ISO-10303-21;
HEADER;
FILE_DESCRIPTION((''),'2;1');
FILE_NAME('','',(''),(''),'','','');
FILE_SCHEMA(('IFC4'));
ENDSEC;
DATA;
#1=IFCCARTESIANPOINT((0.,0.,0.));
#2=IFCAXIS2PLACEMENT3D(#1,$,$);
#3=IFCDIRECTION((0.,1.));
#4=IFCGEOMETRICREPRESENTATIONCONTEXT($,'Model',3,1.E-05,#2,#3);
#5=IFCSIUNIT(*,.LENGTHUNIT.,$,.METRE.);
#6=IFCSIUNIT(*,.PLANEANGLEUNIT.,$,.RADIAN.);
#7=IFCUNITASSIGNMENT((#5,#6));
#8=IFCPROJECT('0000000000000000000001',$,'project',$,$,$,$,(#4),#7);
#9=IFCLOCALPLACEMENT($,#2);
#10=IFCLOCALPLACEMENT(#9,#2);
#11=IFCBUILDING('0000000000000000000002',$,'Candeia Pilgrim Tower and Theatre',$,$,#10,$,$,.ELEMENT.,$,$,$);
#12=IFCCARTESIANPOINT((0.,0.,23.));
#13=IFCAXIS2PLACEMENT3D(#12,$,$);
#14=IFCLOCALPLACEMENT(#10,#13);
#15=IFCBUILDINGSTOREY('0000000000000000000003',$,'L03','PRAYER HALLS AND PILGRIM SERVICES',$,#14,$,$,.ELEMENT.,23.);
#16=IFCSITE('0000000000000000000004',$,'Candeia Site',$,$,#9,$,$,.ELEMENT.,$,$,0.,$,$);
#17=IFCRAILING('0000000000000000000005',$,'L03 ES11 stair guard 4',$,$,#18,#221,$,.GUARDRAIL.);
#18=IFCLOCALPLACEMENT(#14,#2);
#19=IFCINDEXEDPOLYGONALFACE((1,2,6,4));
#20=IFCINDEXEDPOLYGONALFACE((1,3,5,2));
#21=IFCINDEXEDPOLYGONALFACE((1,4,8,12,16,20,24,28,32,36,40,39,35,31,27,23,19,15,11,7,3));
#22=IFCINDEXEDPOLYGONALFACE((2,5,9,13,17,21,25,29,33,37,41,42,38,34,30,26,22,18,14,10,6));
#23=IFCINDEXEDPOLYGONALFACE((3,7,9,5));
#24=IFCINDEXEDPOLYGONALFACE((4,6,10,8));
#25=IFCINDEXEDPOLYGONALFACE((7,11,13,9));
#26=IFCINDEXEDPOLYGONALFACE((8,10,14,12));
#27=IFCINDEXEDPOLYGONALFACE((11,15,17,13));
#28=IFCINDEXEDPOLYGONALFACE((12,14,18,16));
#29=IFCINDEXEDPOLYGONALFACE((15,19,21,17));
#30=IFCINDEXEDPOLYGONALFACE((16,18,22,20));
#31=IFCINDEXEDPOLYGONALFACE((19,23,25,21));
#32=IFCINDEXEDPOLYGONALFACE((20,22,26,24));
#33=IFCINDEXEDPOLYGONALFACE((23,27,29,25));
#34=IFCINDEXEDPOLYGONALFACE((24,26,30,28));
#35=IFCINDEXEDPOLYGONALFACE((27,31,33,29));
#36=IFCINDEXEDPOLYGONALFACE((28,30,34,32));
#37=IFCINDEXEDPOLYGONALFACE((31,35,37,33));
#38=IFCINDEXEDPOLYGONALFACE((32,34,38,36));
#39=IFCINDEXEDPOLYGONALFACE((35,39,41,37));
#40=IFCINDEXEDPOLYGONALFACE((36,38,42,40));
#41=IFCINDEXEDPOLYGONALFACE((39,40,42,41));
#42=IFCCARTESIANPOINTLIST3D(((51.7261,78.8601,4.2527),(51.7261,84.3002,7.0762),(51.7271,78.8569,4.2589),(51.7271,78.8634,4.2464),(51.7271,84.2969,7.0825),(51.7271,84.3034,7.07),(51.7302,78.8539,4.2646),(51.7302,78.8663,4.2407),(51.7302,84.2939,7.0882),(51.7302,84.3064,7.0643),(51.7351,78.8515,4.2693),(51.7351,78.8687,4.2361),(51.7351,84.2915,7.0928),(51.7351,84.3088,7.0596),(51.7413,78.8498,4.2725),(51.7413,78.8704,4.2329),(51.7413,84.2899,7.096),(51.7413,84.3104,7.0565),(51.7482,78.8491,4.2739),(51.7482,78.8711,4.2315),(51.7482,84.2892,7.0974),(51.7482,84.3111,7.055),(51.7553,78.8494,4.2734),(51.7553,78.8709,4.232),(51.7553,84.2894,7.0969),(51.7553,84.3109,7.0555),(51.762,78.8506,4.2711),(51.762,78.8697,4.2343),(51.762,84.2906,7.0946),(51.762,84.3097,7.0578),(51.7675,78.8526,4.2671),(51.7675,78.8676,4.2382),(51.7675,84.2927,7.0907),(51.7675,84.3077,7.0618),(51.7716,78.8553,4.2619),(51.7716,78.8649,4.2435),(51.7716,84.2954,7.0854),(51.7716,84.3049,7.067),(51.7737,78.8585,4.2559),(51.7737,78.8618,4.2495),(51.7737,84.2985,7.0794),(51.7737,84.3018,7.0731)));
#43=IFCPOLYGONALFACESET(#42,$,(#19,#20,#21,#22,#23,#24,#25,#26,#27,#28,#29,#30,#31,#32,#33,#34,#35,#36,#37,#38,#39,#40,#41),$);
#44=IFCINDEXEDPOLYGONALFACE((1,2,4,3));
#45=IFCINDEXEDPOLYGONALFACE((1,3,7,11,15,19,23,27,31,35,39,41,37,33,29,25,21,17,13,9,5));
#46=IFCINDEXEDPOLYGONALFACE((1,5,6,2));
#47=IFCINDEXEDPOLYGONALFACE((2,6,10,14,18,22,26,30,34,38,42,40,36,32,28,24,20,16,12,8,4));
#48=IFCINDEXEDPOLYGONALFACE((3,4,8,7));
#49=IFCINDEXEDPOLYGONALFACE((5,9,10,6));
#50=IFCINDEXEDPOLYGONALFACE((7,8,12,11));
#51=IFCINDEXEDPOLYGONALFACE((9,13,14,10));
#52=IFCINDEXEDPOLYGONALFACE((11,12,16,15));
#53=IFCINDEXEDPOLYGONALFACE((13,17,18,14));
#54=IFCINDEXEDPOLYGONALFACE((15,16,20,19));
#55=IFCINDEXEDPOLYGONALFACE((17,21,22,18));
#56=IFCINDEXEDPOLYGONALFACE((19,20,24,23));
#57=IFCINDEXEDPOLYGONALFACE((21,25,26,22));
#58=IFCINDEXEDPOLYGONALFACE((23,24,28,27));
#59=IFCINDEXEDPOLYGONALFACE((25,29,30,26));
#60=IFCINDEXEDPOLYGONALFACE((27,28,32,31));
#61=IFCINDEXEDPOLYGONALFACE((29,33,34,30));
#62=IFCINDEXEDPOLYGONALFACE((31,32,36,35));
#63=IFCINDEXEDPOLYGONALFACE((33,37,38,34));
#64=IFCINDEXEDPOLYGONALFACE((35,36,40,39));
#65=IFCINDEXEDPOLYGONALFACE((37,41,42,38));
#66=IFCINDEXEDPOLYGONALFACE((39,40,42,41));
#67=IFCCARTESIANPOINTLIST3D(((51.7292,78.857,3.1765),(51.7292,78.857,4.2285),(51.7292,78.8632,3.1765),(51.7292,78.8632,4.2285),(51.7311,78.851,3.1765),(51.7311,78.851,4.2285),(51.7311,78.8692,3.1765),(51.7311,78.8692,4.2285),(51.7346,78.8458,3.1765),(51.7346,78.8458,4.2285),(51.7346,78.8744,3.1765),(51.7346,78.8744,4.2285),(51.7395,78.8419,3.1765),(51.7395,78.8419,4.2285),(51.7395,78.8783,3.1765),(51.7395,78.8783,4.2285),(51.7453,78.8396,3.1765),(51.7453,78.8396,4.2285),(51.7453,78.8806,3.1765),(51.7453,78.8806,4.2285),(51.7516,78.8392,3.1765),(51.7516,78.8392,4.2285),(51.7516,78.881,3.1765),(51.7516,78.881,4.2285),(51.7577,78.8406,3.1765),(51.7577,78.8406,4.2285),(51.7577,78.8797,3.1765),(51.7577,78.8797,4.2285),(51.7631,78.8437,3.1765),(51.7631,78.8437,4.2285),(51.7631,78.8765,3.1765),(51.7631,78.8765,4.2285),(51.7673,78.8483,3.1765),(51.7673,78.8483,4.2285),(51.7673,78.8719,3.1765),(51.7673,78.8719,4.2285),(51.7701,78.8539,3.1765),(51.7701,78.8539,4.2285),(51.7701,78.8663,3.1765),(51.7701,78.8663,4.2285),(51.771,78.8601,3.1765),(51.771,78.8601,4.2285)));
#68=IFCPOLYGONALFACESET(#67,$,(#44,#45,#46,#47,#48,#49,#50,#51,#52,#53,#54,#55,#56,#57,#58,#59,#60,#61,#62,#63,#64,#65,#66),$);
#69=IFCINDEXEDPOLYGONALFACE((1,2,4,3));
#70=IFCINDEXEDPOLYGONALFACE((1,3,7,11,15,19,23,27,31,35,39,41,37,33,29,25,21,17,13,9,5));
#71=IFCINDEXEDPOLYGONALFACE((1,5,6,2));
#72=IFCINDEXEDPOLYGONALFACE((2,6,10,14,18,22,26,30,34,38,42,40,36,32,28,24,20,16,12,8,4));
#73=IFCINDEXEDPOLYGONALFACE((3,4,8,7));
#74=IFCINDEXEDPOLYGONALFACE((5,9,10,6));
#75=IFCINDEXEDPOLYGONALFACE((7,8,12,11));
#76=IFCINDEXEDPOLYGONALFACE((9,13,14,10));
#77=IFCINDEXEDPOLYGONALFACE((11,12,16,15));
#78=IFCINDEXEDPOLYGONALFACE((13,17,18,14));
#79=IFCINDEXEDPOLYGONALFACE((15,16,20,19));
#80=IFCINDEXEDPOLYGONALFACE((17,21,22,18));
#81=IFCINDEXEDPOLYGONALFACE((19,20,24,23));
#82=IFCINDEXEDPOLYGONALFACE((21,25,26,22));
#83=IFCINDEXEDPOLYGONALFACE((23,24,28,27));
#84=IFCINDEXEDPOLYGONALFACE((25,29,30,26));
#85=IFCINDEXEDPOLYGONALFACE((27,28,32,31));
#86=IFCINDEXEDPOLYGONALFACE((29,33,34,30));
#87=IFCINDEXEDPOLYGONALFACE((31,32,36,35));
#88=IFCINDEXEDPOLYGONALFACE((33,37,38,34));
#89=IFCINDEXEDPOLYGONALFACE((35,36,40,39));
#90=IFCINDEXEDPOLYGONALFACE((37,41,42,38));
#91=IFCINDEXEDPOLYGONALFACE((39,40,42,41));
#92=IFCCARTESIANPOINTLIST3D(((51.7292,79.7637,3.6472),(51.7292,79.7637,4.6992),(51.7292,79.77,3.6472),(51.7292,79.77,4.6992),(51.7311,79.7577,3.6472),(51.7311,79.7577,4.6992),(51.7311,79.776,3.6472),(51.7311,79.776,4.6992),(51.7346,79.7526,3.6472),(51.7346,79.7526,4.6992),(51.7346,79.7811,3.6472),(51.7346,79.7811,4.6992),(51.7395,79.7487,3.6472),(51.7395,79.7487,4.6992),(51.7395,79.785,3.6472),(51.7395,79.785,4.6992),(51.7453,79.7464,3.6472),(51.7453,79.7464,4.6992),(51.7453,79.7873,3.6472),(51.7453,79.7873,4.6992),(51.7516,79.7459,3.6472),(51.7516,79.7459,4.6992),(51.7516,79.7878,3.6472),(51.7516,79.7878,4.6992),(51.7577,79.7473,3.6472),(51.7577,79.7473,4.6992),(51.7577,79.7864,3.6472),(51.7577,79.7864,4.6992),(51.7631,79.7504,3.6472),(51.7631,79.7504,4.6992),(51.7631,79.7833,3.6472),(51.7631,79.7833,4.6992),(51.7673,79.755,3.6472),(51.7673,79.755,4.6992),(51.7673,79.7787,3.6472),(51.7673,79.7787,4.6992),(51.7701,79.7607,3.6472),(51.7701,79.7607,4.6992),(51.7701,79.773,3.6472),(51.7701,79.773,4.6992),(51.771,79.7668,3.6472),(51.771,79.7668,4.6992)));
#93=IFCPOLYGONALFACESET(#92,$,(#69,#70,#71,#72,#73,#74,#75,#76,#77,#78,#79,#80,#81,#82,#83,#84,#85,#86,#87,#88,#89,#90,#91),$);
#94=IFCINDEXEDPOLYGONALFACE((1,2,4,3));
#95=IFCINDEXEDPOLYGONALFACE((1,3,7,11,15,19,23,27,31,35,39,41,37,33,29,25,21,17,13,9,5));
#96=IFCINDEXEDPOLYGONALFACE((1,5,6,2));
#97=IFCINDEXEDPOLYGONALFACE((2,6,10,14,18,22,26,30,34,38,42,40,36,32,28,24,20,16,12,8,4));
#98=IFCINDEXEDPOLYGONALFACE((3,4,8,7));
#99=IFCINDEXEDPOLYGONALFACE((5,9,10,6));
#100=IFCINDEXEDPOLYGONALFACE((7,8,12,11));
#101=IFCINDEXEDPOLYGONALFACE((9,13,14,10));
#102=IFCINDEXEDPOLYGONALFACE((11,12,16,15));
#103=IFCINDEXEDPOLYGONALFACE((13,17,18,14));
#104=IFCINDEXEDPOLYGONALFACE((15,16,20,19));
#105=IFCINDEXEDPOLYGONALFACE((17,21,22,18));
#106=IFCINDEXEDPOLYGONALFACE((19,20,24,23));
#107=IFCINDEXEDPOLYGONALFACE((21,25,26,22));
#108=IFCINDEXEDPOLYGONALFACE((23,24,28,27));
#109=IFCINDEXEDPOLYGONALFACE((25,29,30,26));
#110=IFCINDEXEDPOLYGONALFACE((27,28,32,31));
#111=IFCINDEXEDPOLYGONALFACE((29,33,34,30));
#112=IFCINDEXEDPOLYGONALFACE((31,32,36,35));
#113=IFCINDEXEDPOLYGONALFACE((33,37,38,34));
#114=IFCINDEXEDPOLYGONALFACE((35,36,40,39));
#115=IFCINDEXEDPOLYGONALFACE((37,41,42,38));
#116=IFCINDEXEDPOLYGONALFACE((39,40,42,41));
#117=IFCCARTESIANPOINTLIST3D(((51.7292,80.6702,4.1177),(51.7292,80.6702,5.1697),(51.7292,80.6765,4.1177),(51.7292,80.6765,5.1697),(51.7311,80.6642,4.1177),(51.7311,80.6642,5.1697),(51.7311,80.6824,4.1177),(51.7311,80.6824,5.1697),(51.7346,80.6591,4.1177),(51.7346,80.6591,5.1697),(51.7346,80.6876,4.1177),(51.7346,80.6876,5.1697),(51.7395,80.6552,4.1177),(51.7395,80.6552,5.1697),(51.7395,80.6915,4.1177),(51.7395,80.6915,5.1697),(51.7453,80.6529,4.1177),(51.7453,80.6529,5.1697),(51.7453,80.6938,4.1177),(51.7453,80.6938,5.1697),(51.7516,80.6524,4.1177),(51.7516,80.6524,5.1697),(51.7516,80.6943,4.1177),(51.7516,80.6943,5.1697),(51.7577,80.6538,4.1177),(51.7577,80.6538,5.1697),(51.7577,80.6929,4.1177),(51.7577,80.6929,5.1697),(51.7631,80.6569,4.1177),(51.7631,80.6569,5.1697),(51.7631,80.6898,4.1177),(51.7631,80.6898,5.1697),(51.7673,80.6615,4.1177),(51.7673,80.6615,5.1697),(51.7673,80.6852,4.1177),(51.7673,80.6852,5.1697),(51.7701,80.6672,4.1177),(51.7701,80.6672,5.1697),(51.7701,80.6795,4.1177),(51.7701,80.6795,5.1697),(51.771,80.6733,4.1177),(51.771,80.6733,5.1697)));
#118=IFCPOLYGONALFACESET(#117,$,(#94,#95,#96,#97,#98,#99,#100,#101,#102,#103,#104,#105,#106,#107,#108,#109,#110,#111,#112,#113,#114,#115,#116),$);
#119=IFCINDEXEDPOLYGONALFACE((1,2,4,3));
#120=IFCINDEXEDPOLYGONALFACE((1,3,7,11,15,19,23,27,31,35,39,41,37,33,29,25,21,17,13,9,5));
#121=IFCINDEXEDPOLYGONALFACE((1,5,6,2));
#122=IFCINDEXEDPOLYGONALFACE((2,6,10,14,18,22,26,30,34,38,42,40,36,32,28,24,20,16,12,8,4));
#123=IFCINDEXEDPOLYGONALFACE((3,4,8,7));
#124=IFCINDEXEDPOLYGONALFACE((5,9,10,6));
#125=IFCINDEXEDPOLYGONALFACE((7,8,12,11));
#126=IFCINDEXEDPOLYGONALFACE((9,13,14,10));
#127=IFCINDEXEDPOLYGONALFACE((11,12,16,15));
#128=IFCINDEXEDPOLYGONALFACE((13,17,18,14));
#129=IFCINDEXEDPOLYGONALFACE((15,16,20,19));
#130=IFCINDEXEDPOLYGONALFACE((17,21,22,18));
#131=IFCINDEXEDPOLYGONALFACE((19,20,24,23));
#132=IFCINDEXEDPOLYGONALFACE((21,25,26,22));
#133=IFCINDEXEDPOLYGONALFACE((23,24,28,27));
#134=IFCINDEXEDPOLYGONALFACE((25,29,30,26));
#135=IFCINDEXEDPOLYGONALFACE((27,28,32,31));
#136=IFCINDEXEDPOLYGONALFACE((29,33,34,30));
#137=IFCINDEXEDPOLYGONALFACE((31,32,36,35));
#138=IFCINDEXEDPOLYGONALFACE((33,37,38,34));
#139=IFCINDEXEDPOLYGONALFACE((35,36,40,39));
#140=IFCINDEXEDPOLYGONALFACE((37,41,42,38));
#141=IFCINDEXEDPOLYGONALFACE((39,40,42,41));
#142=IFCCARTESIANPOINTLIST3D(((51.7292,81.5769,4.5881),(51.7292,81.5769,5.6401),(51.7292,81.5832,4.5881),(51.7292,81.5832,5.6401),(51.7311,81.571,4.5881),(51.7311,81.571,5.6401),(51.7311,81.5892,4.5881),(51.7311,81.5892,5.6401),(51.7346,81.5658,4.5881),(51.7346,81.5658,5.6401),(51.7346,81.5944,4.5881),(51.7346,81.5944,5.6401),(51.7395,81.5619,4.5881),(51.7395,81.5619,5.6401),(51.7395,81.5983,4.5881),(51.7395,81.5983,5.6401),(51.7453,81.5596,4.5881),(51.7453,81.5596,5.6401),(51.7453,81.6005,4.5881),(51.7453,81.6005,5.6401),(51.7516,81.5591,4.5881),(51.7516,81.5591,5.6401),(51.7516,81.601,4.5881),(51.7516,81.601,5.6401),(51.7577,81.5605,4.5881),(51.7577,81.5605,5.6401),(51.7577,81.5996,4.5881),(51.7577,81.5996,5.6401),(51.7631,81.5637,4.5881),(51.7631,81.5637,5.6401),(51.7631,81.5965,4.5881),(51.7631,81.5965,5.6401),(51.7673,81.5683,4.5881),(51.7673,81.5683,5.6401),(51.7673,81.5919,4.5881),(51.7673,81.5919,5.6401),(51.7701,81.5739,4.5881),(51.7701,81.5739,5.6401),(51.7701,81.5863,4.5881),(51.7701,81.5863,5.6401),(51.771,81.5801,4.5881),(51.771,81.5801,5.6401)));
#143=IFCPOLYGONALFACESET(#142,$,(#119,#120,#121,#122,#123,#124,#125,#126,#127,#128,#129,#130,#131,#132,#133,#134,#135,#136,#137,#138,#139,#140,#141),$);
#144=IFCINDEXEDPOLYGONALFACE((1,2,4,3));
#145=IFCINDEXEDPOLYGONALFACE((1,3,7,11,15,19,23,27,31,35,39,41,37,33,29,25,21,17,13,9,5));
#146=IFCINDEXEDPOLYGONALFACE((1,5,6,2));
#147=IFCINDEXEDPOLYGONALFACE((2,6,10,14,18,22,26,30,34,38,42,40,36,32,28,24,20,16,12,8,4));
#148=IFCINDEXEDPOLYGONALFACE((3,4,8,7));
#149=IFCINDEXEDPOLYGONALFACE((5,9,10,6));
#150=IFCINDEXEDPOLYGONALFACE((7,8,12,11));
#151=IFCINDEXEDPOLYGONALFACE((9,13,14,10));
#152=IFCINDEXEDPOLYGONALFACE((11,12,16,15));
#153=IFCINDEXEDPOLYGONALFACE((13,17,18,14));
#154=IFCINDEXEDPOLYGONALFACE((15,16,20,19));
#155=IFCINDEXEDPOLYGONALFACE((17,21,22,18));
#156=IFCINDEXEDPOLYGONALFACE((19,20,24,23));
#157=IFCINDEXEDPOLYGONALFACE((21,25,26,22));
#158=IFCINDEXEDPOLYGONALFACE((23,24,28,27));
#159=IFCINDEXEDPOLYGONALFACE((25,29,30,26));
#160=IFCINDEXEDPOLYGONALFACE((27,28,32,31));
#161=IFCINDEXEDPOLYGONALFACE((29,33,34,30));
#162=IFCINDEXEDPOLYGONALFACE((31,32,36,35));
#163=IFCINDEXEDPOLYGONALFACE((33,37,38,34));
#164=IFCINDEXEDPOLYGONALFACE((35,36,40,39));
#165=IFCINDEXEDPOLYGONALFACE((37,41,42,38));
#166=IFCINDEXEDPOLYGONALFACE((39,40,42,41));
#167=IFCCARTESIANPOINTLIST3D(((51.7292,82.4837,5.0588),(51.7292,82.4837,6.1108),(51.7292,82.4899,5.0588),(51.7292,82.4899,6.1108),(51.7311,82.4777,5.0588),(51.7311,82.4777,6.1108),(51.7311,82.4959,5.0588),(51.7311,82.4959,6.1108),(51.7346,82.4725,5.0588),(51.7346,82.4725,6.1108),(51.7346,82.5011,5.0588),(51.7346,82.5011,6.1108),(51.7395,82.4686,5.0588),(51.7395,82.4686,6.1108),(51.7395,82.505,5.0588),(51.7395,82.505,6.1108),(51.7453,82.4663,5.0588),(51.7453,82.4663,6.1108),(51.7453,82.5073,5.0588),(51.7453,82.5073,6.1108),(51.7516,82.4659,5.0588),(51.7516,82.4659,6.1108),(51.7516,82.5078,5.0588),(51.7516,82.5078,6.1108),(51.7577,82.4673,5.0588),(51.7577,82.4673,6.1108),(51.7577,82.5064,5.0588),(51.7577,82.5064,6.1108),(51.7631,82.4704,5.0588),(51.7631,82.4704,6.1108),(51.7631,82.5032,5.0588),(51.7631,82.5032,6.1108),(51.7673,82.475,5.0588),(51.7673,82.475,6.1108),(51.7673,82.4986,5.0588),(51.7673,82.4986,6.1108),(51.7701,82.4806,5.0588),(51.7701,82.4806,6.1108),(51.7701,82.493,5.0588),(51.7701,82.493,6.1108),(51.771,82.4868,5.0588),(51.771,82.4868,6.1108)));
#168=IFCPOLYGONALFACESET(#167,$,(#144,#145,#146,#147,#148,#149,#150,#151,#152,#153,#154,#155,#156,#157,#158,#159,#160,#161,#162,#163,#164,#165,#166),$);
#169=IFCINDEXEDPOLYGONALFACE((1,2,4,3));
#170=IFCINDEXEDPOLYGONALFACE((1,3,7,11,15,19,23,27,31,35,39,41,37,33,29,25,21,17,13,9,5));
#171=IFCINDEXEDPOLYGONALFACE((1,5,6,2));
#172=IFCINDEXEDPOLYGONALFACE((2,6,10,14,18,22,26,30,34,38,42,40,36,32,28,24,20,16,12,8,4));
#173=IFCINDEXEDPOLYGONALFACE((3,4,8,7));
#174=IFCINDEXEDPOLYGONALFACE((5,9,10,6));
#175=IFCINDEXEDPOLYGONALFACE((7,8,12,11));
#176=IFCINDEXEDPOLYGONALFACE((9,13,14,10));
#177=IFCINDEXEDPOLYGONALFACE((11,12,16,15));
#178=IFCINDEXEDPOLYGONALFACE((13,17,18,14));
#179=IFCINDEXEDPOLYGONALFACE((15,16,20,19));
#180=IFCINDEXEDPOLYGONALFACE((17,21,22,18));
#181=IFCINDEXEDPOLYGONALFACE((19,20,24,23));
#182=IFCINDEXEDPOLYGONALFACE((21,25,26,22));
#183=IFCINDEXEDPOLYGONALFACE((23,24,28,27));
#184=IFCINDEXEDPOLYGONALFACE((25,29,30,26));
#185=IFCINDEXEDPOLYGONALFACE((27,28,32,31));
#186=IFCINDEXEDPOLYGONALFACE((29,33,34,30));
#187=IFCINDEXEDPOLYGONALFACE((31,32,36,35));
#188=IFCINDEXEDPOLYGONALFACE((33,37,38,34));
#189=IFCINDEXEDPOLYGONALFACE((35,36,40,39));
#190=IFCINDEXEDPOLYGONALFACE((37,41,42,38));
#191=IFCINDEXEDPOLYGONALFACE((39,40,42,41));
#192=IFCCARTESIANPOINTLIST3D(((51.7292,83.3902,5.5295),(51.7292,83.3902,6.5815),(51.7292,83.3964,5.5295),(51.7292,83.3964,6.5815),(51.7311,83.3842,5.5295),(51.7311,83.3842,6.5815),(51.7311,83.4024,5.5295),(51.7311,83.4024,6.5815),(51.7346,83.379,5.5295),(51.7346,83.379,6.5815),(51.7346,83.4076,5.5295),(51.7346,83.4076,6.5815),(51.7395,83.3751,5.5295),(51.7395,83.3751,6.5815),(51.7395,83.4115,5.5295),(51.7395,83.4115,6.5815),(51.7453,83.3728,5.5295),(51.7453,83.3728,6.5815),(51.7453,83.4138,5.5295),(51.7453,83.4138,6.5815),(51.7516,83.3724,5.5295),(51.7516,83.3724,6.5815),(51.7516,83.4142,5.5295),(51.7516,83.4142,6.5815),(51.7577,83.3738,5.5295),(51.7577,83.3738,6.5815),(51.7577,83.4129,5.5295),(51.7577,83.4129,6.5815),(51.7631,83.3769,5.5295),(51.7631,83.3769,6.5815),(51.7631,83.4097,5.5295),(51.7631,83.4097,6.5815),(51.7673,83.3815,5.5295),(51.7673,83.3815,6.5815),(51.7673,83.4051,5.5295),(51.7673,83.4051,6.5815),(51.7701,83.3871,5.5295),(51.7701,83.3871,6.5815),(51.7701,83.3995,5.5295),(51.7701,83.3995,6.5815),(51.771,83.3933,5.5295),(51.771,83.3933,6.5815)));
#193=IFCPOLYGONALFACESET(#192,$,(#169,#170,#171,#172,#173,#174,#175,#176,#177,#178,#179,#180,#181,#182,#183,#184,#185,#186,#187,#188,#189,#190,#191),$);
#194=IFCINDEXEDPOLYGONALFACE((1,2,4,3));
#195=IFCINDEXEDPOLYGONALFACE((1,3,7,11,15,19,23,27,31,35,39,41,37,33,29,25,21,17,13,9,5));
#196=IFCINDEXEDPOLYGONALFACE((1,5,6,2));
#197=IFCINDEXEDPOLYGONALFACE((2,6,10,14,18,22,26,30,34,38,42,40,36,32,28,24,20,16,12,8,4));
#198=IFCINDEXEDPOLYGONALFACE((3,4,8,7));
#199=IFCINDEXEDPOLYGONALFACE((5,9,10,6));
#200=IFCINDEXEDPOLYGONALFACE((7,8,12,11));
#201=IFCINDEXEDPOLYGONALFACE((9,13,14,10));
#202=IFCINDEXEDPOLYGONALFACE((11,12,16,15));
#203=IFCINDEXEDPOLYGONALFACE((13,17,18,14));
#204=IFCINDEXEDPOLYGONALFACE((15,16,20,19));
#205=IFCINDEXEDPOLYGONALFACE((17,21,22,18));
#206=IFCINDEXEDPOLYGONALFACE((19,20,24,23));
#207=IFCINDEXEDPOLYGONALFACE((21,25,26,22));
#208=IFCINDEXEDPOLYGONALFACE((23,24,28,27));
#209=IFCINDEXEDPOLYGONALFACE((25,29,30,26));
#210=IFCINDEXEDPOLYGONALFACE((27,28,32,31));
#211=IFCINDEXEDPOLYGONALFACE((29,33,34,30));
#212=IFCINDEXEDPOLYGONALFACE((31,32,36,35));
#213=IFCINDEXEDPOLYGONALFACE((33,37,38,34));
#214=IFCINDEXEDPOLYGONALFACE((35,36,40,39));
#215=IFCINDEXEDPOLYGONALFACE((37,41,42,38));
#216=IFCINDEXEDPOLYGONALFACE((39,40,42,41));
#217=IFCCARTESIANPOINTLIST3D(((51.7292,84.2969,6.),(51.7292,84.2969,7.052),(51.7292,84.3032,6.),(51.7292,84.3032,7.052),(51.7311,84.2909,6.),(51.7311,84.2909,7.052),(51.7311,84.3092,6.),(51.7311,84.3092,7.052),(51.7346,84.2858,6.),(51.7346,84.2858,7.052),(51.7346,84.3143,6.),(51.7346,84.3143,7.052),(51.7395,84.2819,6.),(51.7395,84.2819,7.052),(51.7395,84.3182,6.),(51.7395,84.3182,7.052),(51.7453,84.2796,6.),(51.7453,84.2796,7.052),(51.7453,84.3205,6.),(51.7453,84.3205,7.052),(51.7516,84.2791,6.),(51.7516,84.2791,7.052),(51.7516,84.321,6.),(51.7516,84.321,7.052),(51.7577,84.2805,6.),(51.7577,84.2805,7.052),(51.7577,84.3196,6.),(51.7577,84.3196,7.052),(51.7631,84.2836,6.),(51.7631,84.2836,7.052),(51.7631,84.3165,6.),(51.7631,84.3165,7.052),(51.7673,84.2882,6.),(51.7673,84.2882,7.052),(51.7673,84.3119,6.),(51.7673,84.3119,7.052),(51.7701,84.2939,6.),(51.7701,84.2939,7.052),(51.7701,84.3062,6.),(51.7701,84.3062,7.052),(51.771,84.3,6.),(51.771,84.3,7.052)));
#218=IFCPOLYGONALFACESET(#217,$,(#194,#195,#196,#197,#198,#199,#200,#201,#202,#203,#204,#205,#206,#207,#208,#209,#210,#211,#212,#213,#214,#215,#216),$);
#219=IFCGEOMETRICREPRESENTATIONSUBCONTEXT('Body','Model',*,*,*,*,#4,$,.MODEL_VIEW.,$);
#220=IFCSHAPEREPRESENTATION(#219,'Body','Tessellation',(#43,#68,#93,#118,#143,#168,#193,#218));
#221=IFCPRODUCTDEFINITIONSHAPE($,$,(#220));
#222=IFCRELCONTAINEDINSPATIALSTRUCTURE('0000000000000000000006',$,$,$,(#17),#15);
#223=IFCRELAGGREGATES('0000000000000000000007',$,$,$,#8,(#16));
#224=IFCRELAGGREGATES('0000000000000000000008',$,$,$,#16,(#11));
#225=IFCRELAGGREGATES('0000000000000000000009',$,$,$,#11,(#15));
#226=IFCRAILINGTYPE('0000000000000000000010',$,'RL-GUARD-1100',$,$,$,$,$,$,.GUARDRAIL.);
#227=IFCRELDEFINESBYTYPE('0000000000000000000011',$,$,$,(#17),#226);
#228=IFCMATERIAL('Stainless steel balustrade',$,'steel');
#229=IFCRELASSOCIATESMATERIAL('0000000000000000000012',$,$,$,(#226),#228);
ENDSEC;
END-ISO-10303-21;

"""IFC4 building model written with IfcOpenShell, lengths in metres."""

from ifc_helpers import new_model, si_unit, direction, frame, origin, origin_2d, place, context, subcontext, project, spatial, circle, extrude, material, type_object, element, save


model = new_model("IFC4")

# Units and contexts
model_context = context("Model", 3, precision=1e-05, world=origin(), true_north=direction((0.0, 1.0)))
body_context = subcontext(model_context, "Body", "Model", "MODEL_VIEW")
ifc_project = project(units=[si_unit("LENGTHUNIT", "METRE"), si_unit("PLANEANGLEUNIT", "RADIAN")], contexts=[model_context])

# Site, building, storey
site_placement = place(None, origin())
site = spatial("IfcSite", under=ifc_project, at=site_placement, Name="Candeia Site", CompositionType="ELEMENT", RefElevation=0.0)
building_placement = place(site_placement, origin())
building = spatial("IfcBuilding", under=site, at=building_placement, Name="Candeia Pilgrim Tower and Theatre", CompositionType="ELEMENT")
storey_placement = place(building_placement, frame((0.0, 0.0, 23.0)))
storey = spatial("IfcBuildingStorey", under=building, at=storey_placement, Name="L03", Description="PRAYER HALLS AND PILGRIM SERVICES", CompositionType="ELEMENT", Elevation=23.0)

# Railing
ifc_material_1 = material(Name="Stainless steel balustrade", Category="steel")
railing_type_1 = type_object("IfcRailingType", Name="RL-GUARD-1100", PredefinedType="GUARDRAIL", material=ifc_material_1)
railing_1_placement = place(storey_placement, frame((51.75, 78.8601, 3.1765)))
element("IfcRailing", 1, at=railing_1_placement, inside=storey, type_object=railing_type_1, Name="L03 ES11 stair guard 4", PredefinedType="GUARDRAIL", context=body_context, shape_type="SweptSolid", body=[
    extrude(circle(Radius=0.0239, at=origin_2d()), frame((0.0, 0.0, 1.0762), z_axis=(0.0, 0.887569, 0.460674), x_axis=(-1.0, 0.0, 0.0)), (0.0, 0.0, 1.0), 6.1292),
    extrude(circle(Radius=0.021, at=origin_2d()), origin(), (0.0, 0.0, 1.0), 1.052),
    extrude(circle(Radius=0.021, at=origin_2d()), frame((0.0, 0.9067, 0.4707)), (0.0, 0.0, 1.0), 1.052),
    extrude(circle(Radius=0.021, at=origin_2d()), frame((0.0, 1.8132, 0.9412)), (0.0, 0.0, 1.0), 1.052),
    extrude(circle(Radius=0.021, at=origin_2d()), frame((0.0, 2.72, 1.4116)), (0.0, 0.0, 1.0), 1.052),
    extrude(circle(Radius=0.021, at=origin_2d()), frame((0.0, 3.6267, 1.8823)), (0.0, 0.0, 1.0), 1.052),
    extrude(circle(Radius=0.021, at=origin_2d()), frame((0.0, 4.5332, 2.353)), (0.0, 0.0, 1.0), 1.052),
    extrude(circle(Radius=0.021, at=origin_2d()), frame((0.0, 5.4399, 2.8235)), (0.0, 0.0, 1.0), 1.052),
])

save(model, "model.ifc")
